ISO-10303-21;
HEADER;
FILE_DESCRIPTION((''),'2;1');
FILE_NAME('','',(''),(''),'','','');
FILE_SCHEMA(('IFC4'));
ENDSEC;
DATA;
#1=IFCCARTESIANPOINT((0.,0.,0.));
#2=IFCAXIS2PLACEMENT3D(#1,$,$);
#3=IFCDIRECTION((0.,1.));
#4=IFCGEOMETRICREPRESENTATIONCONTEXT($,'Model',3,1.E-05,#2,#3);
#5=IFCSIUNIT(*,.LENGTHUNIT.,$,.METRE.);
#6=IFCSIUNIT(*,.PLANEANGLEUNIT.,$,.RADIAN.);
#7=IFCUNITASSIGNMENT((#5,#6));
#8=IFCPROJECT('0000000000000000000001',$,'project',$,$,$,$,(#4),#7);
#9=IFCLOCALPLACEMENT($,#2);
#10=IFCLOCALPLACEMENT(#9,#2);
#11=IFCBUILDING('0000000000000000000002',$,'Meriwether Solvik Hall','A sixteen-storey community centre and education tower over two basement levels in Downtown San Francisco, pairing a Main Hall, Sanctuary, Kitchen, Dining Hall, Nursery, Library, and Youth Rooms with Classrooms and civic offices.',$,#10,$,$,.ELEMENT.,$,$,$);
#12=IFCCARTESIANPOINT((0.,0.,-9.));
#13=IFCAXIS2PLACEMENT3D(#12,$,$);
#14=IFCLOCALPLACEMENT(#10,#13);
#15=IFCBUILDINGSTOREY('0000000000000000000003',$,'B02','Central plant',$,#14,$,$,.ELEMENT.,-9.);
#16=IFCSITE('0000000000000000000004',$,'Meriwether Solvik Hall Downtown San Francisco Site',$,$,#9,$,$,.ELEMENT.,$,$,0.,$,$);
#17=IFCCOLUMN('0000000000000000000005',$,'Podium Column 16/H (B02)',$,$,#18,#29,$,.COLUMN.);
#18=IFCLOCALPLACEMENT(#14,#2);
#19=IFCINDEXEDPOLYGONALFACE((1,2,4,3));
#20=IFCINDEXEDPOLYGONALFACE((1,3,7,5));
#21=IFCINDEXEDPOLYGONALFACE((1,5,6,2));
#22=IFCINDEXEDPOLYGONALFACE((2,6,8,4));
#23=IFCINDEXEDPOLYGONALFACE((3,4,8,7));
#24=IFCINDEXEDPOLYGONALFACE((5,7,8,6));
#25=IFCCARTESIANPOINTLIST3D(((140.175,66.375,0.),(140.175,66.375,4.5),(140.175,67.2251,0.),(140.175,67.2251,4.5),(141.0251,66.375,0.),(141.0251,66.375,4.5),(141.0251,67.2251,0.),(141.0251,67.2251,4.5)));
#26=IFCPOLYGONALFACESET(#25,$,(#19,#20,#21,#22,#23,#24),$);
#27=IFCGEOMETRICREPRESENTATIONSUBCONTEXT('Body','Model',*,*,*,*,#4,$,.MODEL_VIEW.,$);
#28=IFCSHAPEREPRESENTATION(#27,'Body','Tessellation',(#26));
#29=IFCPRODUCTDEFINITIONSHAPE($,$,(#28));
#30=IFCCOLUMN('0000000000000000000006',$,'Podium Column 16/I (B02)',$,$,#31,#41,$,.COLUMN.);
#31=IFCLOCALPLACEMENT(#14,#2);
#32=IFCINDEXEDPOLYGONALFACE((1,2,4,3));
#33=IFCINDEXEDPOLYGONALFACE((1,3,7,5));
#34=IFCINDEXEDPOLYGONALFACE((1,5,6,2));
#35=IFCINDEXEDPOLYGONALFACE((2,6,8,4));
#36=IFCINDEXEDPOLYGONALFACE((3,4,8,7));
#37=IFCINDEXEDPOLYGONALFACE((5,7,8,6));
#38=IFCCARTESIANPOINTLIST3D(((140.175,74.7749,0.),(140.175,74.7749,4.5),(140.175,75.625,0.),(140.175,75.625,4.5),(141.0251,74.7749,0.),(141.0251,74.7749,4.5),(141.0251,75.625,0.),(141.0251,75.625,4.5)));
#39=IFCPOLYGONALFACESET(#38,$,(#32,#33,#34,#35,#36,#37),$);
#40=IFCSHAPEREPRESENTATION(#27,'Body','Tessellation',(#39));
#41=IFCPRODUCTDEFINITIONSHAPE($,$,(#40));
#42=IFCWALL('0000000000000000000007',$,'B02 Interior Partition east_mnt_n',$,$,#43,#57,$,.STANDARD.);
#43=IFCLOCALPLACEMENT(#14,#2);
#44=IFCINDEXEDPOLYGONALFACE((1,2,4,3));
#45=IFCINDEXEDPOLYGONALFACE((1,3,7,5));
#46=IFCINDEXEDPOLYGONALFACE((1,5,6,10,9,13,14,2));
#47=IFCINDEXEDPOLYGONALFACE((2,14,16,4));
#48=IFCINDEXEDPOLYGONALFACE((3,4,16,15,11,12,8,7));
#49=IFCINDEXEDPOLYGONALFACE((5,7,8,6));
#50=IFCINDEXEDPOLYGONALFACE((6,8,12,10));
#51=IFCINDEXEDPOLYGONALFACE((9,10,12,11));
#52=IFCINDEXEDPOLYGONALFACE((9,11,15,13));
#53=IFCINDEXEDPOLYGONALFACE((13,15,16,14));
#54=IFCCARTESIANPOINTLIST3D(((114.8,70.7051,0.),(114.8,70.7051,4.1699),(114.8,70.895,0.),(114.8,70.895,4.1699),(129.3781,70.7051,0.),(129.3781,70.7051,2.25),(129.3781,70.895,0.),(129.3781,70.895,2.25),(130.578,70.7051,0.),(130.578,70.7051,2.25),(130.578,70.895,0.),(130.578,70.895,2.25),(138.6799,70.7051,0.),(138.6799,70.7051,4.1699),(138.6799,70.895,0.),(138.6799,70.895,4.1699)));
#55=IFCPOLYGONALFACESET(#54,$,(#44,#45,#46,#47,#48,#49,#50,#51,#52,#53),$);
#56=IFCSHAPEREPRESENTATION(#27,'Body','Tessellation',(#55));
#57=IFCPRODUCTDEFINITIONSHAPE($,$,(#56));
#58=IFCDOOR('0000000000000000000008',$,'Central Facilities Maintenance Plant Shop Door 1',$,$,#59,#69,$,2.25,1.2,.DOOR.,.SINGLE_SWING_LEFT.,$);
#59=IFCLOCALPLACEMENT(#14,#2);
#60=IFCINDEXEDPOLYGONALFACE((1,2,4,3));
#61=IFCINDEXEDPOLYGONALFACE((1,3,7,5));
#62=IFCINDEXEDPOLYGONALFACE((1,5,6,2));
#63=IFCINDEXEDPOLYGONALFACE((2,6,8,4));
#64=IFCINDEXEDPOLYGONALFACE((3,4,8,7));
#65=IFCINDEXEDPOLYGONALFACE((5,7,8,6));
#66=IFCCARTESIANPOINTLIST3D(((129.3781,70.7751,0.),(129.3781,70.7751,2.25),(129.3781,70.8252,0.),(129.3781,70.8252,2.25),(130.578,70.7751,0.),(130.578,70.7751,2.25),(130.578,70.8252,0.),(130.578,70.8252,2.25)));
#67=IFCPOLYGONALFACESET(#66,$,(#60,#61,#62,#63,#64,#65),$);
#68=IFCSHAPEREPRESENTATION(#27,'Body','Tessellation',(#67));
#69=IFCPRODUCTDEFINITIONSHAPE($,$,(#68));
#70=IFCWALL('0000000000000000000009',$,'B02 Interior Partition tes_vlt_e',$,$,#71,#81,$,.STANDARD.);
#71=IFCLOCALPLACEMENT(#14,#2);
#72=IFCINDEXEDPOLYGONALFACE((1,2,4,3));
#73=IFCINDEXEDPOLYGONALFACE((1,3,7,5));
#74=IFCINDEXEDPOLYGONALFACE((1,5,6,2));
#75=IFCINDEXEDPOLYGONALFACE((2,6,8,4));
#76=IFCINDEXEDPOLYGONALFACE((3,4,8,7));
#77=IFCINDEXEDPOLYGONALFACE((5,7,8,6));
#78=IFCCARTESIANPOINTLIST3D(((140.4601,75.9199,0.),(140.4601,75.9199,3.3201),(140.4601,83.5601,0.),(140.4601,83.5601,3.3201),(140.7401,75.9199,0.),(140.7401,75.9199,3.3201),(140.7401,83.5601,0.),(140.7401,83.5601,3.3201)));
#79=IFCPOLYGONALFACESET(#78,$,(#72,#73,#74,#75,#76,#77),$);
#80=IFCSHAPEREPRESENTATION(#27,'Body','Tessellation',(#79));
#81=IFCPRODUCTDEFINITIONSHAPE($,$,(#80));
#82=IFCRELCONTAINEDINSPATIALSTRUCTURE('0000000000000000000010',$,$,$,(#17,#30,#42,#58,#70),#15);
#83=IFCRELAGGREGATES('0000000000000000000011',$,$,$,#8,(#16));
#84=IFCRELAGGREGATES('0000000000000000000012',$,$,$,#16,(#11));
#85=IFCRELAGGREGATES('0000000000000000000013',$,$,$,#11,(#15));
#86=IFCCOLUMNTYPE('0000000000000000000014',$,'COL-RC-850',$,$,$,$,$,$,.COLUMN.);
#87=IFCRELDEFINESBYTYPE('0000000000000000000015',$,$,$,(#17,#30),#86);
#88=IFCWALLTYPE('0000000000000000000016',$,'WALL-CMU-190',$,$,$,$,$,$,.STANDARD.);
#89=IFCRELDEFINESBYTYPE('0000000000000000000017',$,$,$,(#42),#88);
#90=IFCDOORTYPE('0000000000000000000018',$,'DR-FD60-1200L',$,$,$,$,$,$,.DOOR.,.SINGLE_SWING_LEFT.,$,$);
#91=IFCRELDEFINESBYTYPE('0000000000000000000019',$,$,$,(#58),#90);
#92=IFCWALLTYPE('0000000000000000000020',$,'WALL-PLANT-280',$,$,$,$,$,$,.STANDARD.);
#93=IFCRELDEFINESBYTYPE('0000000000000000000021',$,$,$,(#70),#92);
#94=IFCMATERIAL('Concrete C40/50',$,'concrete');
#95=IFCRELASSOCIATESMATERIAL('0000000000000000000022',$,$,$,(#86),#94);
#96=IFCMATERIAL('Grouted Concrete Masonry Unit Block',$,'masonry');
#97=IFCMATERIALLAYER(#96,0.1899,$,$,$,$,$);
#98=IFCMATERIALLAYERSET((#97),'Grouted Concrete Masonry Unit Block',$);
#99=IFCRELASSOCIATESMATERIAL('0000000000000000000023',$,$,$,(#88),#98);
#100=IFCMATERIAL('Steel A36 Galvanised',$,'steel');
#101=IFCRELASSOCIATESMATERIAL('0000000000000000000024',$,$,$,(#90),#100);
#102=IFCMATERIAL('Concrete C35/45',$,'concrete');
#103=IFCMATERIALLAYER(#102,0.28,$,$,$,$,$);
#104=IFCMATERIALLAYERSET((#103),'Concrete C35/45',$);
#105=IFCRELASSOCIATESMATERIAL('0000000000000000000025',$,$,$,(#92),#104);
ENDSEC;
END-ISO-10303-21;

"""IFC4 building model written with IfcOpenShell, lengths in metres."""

from ifc_helpers import new_model, si_unit, direction, frame, frame_2d, origin, origin_2d, place, context, subcontext, project, spatial, rectangle, extrude, material, layer, layer_set, material_profile, profile_set, type_object, element, fill, save


model = new_model("IFC4")

# Units and contexts
model_context = context("Model", 3, precision=1e-05, world=origin(), true_north=direction((0.0, 1.0)))
body_context = subcontext(model_context, "Body", "Model", "MODEL_VIEW")
ifc_project = project(units=[si_unit("LENGTHUNIT", "METRE"), si_unit("PLANEANGLEUNIT", "RADIAN")], contexts=[model_context])

# Site, building, storey
site_placement = place(None, origin())
site = spatial("IfcSite", under=ifc_project, at=site_placement, Name="Meriwether Solvik Hall Downtown San Francisco Site", CompositionType="ELEMENT", RefElevation=0.0)
building_placement = place(site_placement, origin())
building = spatial("IfcBuilding", under=site, at=building_placement, Name="Meriwether Solvik Hall", Description="A sixteen-storey community centre and education tower over two basement levels in Downtown San Francisco, pairing a Main Hall, Sanctuary, Kitchen, Dining Hall, Nursery, Library, and Youth Rooms with Classrooms and civic offices.", CompositionType="ELEMENT")
storey_placement = place(building_placement, frame((0.0, 0.0, -9.0)))
storey = spatial("IfcBuildingStorey", under=building, at=storey_placement, Name="B02", Description="Central plant", CompositionType="ELEMENT", Elevation=-9.0)

# Columns
ifc_material_1 = material(Name="Concrete C40/50", Category="concrete")
ifc_material_profile_1 = material_profile(ifc_material_1, rectangle(XDim=0.8501, YDim=0.8501, at=origin_2d()), Name="RCC-850X850")
ifc_profile_set_1 = profile_set([ifc_material_profile_1], Name="Concrete C40/50")
column_type = type_object("IfcColumnType", Name="COL-RC-850", PredefinedType="COLUMN", material=ifc_profile_set_1)
for number, where, z_axis, x_axis, name in (
    (1, (140.6001, 66.8, 0.0), (0.0, 0.0, 1.0), (1.0, 0.0, 0.0), "Podium Column 16/H (B02)"),
    (2, (140.6001, 75.2, 0.0), (0.0, 0.0, 1.0), (1.0, 0.0, 0.0), "Podium Column 16/I (B02)"),
):
    element("IfcColumn", number, at=place(storey_placement, frame(where, z_axis=z_axis, x_axis=x_axis)), inside=storey, type_object=column_type, Name=name, PredefinedType="COLUMN", context=body_context, shape_type="SweptSolid", body=[
        extrude(rectangle(XDim=0.8501, YDim=0.8501, at=origin_2d()), origin(), (0.0, 0.0, 1.0), 4.5),
    ])

# Wall, opening, door
ifc_material_2 = material(Name="Grouted Concrete Masonry Unit Block", Category="masonry")
ifc_layer_1 = layer(ifc_material_2, 0.1899)
ifc_layer_set_1 = layer_set([ifc_layer_1], Name="Grouted Concrete Masonry Unit Block")
wall_type_1 = type_object("IfcWallType", Name="WALL-CMU-190", PredefinedType="STANDARD", material=ifc_layer_set_1)
wall_1_placement = place(storey_placement, frame((138.6799, 70.8, 0.0), z_axis=(0.0, 0.0, 1.0), x_axis=(-1.0, 0.0, 0.0)))
wall_1 = element("IfcWall", 3, at=wall_1_placement, inside=storey, type_object=wall_type_1, Name="B02 Interior Partition east_mnt_n", PredefinedType="STANDARD", context=body_context, shape_type="SweptSolid", body=[
    extrude(rectangle(XDim=23.8799, YDim=0.1899, at=frame_2d((11.9399, 0.0))), origin(), (0.0, 0.0, 1.0), 4.1699),
])
opening_placement = place(wall_1_placement, frame((8.1018, 0.0, 0.0)))
opening = element("IfcOpeningElement", 4, at=opening_placement, cuts=wall_1, PredefinedType="OPENING", context=body_context, shape_type="SweptSolid", body=[
    extrude(rectangle(XDim=1.2, YDim=2.25, at=frame_2d((0.6001, 1.125))), frame((0.0, 0.1069, 0.0), z_axis=(0.0, -1.0, 0.0), x_axis=(1.0, 0.0, 0.0)), (0.0, 0.0, 1.0), 0.2139),
])
ifc_material_3 = material(Name="Steel A36 Galvanised", Category="steel")
door_type = type_object("IfcDoorType", Name="DR-FD60-1200L", OperationType="SINGLE_SWING_LEFT", PredefinedType="DOOR", material=ifc_material_3)
door_placement = place(opening_placement, origin())
door = element("IfcDoor", 5, at=door_placement, inside=storey, type_object=door_type, Name="Central Facilities Maintenance Plant Shop Door 1", OperationType="SINGLE_SWING_LEFT", OverallHeight=2.25, OverallWidth=1.2, PredefinedType="DOOR", context=body_context, shape_type="SweptSolid", body=[
    extrude(rectangle(XDim=1.2, YDim=2.25, at=frame_2d((0.6001, 1.125))), frame((0.0, 0.0249, 0.0), z_axis=(0.0, -1.0, 0.0), x_axis=(1.0, 0.0, 0.0)), (0.0, 0.0, 1.0), 0.05),
])
fill(opening, door)

# Wall
ifc_material_4 = material(Name="Concrete C35/45", Category="concrete")
ifc_layer_2 = layer(ifc_material_4, 0.28)
ifc_layer_set_2 = layer_set([ifc_layer_2], Name="Concrete C35/45")
wall_type_2 = type_object("IfcWallType", Name="WALL-PLANT-280", PredefinedType="STANDARD", material=ifc_layer_set_2)
wall_2_placement = place(storey_placement, frame((140.6001, 75.9199, 0.0), z_axis=(0.0, 0.0, 1.0), x_axis=(0.0, 1.0, 0.0)))
element("IfcWall", 6, at=wall_2_placement, inside=storey, type_object=wall_type_2, Name="B02 Interior Partition tes_vlt_e", PredefinedType="STANDARD", context=body_context, shape_type="SweptSolid", body=[
    extrude(rectangle(XDim=7.6401, YDim=0.28, at=frame_2d((3.8201, 0.0))), origin(), (0.0, 0.0, 1.0), 3.3201),
])

save(model, "model.ifc")
